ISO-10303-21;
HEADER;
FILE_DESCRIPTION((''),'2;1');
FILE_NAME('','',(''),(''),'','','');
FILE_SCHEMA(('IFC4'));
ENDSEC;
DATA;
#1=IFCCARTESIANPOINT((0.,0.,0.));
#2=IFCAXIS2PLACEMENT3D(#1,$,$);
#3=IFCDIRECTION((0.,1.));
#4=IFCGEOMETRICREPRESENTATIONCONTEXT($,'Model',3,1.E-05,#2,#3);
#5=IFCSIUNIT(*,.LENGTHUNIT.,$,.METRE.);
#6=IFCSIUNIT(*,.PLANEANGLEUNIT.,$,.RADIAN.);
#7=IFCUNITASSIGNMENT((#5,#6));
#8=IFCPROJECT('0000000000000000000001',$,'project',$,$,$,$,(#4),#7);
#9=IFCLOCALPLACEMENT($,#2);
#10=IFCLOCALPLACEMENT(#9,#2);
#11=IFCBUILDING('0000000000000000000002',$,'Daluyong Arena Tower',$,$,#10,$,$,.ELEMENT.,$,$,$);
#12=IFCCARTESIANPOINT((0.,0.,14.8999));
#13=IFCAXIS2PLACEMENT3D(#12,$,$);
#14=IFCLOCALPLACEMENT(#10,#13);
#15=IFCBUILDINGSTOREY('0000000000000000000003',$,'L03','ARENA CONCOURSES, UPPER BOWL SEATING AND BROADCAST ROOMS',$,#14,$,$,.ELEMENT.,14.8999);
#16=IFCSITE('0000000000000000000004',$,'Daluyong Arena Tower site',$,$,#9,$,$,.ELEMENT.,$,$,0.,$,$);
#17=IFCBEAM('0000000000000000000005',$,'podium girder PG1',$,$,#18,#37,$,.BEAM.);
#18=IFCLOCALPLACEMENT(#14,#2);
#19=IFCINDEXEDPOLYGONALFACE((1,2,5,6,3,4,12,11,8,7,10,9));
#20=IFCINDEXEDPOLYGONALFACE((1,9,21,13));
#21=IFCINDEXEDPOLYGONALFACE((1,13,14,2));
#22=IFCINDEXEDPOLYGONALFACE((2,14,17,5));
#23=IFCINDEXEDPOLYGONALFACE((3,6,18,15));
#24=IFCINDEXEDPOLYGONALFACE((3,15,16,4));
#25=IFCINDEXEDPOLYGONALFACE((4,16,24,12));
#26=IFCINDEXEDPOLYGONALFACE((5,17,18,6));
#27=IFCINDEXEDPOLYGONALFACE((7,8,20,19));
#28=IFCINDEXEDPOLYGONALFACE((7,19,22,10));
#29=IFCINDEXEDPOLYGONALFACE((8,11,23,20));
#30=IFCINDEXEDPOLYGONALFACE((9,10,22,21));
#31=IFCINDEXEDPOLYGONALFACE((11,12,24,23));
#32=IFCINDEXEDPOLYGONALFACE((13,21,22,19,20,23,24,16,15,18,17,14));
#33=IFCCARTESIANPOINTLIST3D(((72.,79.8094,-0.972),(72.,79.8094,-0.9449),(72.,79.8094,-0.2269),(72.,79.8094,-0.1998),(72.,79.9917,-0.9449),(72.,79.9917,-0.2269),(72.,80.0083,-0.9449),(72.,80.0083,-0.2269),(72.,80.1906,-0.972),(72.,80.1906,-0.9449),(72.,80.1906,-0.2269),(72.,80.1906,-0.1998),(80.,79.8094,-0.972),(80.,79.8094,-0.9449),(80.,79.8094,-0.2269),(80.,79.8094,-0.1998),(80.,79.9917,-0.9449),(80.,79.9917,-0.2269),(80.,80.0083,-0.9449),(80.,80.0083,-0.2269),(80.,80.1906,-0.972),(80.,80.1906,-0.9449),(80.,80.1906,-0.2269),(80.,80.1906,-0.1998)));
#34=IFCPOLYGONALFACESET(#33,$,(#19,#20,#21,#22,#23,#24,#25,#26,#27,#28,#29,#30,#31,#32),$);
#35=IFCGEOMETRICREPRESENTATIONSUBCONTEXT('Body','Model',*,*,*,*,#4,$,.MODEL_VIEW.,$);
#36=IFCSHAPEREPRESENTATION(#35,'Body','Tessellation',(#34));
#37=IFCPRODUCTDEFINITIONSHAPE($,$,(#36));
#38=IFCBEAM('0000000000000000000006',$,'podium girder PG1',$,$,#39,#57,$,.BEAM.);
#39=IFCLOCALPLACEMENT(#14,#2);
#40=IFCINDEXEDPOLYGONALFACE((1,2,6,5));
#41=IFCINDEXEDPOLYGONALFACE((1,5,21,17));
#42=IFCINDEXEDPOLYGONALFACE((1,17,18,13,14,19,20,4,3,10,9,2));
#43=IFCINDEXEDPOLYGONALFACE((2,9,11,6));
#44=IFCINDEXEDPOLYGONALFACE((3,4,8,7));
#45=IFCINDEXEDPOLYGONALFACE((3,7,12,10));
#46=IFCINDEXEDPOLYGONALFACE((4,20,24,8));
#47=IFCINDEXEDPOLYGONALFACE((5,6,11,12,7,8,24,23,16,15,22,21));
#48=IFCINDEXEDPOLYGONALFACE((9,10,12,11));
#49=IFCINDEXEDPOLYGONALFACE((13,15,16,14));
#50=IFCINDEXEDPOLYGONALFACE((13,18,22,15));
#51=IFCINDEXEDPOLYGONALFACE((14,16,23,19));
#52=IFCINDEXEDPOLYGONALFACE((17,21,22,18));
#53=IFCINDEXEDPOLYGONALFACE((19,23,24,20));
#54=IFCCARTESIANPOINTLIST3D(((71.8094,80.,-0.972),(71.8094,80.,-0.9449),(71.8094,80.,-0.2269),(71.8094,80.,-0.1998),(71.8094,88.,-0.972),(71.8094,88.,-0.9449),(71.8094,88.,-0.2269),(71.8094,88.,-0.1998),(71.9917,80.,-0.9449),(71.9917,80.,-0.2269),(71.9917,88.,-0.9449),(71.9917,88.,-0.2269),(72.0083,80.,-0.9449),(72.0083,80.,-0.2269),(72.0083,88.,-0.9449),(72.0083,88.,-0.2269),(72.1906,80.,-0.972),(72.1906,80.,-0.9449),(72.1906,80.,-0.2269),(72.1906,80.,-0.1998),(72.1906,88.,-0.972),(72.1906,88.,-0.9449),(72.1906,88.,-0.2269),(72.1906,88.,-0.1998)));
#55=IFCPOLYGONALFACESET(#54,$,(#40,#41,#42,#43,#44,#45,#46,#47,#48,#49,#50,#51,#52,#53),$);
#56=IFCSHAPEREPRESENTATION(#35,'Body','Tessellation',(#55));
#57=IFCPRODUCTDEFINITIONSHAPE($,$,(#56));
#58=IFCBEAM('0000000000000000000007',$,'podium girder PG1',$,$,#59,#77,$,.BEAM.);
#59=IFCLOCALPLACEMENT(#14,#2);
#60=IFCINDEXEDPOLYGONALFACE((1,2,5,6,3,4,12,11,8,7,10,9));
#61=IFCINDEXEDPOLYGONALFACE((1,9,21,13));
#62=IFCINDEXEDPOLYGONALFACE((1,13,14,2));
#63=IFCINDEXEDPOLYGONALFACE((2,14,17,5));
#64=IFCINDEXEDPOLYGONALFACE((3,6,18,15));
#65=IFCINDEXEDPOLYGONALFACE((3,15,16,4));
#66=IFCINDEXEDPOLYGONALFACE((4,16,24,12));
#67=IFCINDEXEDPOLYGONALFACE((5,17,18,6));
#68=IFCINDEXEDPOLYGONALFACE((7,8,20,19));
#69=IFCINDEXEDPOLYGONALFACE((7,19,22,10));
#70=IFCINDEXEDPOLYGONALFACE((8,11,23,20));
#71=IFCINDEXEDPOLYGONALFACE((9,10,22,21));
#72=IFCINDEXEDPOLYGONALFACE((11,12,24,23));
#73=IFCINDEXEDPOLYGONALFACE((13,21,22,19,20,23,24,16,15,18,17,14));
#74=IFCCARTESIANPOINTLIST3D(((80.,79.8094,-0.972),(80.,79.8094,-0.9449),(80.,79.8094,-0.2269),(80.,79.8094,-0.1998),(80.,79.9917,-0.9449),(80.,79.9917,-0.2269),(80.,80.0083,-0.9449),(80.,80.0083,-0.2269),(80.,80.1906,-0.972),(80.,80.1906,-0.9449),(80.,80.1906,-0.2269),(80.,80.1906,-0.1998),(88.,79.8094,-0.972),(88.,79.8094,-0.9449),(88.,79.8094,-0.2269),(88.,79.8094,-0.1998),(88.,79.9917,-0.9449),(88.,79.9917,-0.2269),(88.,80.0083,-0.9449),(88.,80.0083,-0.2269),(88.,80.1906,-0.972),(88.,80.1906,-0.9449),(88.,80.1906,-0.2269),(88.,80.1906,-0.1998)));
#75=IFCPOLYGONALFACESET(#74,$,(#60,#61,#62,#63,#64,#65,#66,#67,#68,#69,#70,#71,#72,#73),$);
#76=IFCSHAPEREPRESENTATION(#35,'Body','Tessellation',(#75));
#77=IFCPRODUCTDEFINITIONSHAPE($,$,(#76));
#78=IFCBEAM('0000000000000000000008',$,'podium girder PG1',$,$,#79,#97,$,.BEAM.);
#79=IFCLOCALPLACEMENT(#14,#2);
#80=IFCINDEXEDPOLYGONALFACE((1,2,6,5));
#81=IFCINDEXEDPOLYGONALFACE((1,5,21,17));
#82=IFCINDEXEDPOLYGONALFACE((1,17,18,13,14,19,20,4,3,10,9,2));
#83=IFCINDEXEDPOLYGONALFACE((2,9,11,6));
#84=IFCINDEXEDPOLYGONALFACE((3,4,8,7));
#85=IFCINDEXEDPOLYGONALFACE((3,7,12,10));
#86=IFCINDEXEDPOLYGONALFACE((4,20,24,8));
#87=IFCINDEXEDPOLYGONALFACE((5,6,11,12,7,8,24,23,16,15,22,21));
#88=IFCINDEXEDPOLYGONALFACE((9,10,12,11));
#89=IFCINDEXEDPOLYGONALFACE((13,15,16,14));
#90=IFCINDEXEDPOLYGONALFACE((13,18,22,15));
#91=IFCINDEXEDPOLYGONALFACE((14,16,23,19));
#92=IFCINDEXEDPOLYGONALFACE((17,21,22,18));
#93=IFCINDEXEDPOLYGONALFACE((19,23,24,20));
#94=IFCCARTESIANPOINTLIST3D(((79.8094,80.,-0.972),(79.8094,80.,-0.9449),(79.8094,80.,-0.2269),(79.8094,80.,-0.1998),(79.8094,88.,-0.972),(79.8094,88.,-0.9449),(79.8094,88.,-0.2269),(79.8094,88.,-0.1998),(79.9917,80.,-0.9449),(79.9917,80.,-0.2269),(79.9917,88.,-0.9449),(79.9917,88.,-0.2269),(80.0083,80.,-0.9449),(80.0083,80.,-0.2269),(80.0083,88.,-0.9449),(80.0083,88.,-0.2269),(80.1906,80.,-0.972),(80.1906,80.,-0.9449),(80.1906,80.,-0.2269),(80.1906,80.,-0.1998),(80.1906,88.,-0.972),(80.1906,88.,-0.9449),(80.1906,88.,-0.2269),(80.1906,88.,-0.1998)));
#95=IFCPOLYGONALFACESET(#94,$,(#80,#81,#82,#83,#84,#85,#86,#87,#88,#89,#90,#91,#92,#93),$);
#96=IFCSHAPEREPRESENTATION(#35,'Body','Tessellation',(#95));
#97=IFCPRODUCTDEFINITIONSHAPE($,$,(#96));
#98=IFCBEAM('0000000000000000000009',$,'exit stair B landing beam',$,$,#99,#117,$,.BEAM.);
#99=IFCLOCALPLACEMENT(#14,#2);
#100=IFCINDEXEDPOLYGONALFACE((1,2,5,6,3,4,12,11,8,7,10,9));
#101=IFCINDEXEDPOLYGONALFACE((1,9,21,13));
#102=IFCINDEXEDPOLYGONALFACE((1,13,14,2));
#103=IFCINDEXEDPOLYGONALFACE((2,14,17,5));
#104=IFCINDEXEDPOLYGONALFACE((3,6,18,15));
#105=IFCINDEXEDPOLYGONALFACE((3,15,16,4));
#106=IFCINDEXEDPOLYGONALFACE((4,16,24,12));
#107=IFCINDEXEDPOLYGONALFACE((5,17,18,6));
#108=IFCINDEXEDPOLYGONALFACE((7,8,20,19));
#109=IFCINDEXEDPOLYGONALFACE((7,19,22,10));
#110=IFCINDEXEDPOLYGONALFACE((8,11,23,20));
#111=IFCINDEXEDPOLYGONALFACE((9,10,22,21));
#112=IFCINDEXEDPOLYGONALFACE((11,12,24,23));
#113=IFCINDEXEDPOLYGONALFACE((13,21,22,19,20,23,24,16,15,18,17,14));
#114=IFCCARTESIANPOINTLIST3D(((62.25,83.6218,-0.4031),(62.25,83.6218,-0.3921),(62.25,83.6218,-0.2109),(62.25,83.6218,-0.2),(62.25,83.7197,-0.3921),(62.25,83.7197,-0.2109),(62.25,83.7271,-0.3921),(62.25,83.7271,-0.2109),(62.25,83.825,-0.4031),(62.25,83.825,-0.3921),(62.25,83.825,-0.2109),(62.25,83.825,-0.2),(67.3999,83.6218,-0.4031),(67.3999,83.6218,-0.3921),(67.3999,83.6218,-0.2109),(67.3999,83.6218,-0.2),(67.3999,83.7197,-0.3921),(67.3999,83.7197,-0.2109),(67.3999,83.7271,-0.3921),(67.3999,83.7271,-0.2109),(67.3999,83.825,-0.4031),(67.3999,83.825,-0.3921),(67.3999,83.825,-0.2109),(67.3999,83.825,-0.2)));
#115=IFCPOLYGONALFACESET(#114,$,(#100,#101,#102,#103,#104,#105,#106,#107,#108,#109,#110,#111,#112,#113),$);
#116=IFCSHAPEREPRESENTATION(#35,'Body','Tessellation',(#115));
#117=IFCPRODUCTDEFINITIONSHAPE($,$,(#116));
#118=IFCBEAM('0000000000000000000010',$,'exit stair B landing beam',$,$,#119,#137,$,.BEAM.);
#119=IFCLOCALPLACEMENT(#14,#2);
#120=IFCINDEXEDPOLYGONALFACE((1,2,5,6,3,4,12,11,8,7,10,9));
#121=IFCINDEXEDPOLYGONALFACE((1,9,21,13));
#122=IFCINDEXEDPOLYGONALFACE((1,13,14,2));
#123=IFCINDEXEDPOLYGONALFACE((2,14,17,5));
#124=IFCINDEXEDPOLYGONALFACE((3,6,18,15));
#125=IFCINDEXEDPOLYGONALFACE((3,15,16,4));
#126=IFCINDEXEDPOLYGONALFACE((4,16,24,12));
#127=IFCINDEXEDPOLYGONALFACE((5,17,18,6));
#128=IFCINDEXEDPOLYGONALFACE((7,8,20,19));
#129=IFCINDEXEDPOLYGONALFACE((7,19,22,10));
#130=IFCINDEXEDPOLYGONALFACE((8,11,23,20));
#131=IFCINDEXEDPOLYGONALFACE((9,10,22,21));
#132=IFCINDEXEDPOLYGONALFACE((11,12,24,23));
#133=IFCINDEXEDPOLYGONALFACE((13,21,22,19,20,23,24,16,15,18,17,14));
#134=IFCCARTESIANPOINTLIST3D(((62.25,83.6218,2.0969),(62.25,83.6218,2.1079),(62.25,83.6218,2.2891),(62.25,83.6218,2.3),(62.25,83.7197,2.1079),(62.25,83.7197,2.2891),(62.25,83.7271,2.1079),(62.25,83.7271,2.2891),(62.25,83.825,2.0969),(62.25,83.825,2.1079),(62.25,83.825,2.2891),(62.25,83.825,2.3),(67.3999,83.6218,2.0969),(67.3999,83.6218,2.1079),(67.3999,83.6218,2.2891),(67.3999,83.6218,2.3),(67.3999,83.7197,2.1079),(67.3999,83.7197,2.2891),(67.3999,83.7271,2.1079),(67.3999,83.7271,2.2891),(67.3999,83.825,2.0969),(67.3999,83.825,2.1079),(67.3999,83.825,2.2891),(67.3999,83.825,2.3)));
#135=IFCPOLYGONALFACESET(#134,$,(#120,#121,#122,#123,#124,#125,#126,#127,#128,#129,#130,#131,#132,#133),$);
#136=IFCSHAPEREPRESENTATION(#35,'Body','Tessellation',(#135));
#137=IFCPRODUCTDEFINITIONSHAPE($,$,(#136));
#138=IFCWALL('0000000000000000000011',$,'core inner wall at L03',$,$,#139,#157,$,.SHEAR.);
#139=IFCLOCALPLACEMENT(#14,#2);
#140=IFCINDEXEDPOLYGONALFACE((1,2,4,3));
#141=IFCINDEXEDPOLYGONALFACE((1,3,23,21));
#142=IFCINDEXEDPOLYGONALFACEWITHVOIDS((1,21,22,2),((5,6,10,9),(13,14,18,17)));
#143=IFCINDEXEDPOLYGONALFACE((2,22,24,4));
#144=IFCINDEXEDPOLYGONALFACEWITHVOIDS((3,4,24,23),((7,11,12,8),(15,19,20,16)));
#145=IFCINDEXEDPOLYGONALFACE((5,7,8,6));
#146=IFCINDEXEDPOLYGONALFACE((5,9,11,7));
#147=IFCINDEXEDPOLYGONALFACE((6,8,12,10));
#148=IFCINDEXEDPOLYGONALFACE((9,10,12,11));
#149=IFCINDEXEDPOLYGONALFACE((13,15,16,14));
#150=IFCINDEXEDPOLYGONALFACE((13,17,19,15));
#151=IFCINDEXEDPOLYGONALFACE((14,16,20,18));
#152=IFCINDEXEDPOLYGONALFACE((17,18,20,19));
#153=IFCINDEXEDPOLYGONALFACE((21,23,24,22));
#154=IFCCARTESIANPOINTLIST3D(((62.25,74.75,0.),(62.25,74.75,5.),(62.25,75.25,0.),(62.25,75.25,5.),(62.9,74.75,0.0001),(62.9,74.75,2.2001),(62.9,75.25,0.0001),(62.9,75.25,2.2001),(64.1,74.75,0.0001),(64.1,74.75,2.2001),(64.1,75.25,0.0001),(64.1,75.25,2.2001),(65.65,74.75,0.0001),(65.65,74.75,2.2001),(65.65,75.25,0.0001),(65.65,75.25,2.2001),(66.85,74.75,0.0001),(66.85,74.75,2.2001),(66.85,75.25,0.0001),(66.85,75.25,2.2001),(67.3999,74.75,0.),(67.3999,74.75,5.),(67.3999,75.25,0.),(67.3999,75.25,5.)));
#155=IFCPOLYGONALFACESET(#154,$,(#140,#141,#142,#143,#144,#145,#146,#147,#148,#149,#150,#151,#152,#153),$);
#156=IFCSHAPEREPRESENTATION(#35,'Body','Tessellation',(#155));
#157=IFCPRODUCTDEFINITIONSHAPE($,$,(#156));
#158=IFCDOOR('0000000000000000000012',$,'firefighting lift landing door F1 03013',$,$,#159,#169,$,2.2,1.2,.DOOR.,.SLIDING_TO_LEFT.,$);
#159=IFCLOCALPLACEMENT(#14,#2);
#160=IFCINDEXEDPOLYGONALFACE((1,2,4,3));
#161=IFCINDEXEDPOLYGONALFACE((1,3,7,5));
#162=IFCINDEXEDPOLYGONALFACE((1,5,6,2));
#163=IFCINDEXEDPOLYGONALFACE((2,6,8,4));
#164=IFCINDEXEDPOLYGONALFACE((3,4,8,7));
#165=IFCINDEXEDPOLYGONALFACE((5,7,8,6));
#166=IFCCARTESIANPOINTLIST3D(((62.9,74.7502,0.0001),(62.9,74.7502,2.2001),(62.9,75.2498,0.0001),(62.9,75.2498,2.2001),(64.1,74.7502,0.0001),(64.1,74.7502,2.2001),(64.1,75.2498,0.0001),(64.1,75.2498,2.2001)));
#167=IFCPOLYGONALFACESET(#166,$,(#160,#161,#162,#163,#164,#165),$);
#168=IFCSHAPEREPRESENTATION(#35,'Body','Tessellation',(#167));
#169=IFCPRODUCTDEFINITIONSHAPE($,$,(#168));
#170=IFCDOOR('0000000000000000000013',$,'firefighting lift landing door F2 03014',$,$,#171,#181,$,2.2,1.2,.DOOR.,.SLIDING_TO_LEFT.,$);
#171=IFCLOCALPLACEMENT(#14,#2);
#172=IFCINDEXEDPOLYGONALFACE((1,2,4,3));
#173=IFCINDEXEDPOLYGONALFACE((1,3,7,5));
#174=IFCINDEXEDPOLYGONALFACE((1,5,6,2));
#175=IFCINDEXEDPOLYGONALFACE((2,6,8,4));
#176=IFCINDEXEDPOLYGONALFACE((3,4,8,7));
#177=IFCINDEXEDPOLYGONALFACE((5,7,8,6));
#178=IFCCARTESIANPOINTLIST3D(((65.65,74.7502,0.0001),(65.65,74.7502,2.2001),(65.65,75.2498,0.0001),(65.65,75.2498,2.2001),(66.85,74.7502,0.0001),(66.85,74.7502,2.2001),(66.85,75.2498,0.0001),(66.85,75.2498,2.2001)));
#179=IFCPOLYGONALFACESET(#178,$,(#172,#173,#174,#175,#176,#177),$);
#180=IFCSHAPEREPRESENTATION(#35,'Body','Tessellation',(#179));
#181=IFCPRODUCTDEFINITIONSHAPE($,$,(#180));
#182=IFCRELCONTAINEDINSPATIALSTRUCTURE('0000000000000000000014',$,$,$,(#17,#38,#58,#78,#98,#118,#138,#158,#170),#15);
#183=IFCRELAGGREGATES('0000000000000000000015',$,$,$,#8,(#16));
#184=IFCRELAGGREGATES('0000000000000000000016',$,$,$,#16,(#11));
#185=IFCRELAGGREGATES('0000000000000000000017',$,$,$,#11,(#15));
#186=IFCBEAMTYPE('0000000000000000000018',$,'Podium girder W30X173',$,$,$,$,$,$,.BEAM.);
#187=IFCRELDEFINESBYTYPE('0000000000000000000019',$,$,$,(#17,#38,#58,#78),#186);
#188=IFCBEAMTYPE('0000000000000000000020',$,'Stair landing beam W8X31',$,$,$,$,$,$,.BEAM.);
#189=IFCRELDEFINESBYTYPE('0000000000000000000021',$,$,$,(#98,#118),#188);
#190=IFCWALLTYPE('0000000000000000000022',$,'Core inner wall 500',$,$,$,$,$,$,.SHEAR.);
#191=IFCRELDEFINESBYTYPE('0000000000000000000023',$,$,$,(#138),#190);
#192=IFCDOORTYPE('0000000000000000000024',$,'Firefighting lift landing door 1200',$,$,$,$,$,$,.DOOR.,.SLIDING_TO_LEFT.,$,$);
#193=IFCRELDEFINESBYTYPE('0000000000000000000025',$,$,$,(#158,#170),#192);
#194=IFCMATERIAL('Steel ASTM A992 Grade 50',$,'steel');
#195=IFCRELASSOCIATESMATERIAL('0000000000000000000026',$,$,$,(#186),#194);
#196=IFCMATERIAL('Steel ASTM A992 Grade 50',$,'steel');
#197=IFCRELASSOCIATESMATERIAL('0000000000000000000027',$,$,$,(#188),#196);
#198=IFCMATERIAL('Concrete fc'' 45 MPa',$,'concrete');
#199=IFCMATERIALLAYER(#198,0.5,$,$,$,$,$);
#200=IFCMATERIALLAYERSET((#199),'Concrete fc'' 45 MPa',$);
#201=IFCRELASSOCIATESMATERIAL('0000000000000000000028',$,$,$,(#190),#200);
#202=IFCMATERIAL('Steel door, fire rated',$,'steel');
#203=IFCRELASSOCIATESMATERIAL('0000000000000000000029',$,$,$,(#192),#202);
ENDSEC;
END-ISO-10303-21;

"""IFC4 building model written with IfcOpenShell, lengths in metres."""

from ifc_helpers import new_model, si_unit, direction, frame, frame_2d, origin, origin_2d, place, context, subcontext, project, spatial, rectangle, i_section, extrude, material, layer, layer_set, material_profile, profile_set, type_object, element, fill, save


model = new_model("IFC4")

# Units and contexts
model_context = context("Model", 3, precision=1e-05, world=origin(), true_north=direction((0.0, 1.0)))
body_context = subcontext(model_context, "Body", "Model", "MODEL_VIEW")
ifc_project = project(units=[si_unit("LENGTHUNIT", "METRE"), si_unit("PLANEANGLEUNIT", "RADIAN")], contexts=[model_context])

# Site, building, storey
site_placement = place(None, origin())
site = spatial("IfcSite", under=ifc_project, at=site_placement, Name="Daluyong Arena Tower site", CompositionType="ELEMENT", RefElevation=0.0)
building_placement = place(site_placement, origin())
building = spatial("IfcBuilding", under=site, at=building_placement, Name="Daluyong Arena Tower", CompositionType="ELEMENT")
storey_placement = place(building_placement, frame((0.0, 0.0, 14.8999)))
storey = spatial("IfcBuildingStorey", under=building, at=storey_placement, Name="L03", Description="ARENA CONCOURSES, UPPER BOWL SEATING AND BROADCAST ROOMS", CompositionType="ELEMENT", Elevation=14.8999)

# Beams
ifc_material_1 = material(Name="Steel ASTM A992 Grade 50", Category="steel")
ifc_material_profile_1 = material_profile(ifc_material_1, i_section(OverallWidth=0.3811, OverallDepth=0.7722, WebThickness=0.0166, FlangeThickness=0.0271, at=origin_2d()))
ifc_profile_set_1 = profile_set([ifc_material_profile_1], Name="Steel ASTM A992 Grade 50")
beam_type_1 = type_object("IfcBeamType", Name="Podium girder W30X173", PredefinedType="BEAM", material=ifc_profile_set_1)
for number, where, z_axis, x_axis, name in (
    (1, (72.0, 80.0, -0.5859), (1.0, 0.0, 0.0), (0.0, 1.0, 0.0), "podium girder PG1"),
    (2, (72.0, 80.0, -0.5859), (0.0, 1.0, 0.0), (-1.0, 0.0, 0.0), "podium girder PG1"),
    (3, (80.0, 80.0, -0.5859), (1.0, 0.0, 0.0), (0.0, 1.0, 0.0), "podium girder PG1"),
    (4, (80.0, 80.0, -0.5859), (0.0, 1.0, 0.0), (-1.0, 0.0, 0.0), "podium girder PG1"),
):
    element("IfcBeam", number, at=place(storey_placement, frame(where, z_axis=z_axis, x_axis=x_axis)), inside=storey, type_object=beam_type_1, Name=name, PredefinedType="BEAM", context=body_context, shape_type="SweptSolid", body=[
        extrude(i_section(OverallWidth=0.3811, OverallDepth=0.7722, WebThickness=0.0166, FlangeThickness=0.0271, at=origin_2d()), origin(), (0.0, 0.0, 1.0), 8.0),
    ])
ifc_material_2 = material(Name="Steel ASTM A992 Grade 50", Category="steel")
ifc_material_profile_2 = material_profile(ifc_material_2, i_section(OverallWidth=0.2031, OverallDepth=0.2031, WebThickness=0.0073, FlangeThickness=0.011, at=origin_2d()))
ifc_profile_set_2 = profile_set([ifc_material_profile_2], Name="Steel ASTM A992 Grade 50")
beam_type_2 = type_object("IfcBeamType", Name="Stair landing beam W8X31", PredefinedType="BEAM", material=ifc_profile_set_2)
for number, where, z_axis, x_axis, name in (
    (5, (62.25, 83.7234, -0.3015), (1.0, 0.0, 0.0), (0.0, 1.0, 0.0), "exit stair B landing beam"),
    (6, (62.25, 83.7234, 2.1985), (1.0, 0.0, 0.0), (0.0, 1.0, 0.0), "exit stair B landing beam"),
):
    element("IfcBeam", number, at=place(storey_placement, frame(where, z_axis=z_axis, x_axis=x_axis)), inside=storey, type_object=beam_type_2, Name=name, PredefinedType="BEAM", context=body_context, shape_type="SweptSolid", body=[
        extrude(i_section(OverallWidth=0.2031, OverallDepth=0.2031, WebThickness=0.0073, FlangeThickness=0.011, at=origin_2d()), origin(), (0.0, 0.0, 1.0), 5.1499),
    ])

# Wall, openings, doors
ifc_material_3 = material(Name="Concrete fc' 45 MPa", Category="concrete")
ifc_layer = layer(ifc_material_3, 0.5)
ifc_layer_set = layer_set([ifc_layer], Name="Concrete fc' 45 MPa")
wall_type = type_object("IfcWallType", Name="Core inner wall 500", PredefinedType="SHEAR", material=ifc_layer_set)
wall_1_placement = place(storey_placement, frame((62.25, 75.0, 0.0), z_axis=(0.0, 0.0, 1.0), x_axis=(1.0, 0.0, 0.0)))
wall_1 = element("IfcWall", 7, at=wall_1_placement, inside=storey, type_object=wall_type, Name="core inner wall at L03", PredefinedType="SHEAR", context=body_context, shape_type="SweptSolid", body=[
    extrude(rectangle(XDim=5.1499, YDim=0.5, at=frame_2d((2.575, 0.0))), origin(), (0.0, 0.0, 1.0), 5.0),
])
opening_1_placement = place(wall_1_placement, frame((0.6499, 0.0, 0.0)))
opening_1 = element("IfcOpeningElement", 8, at=opening_1_placement, cuts=wall_1, PredefinedType="OPENING", context=body_context, shape_type="SweptSolid", body=[
    extrude(rectangle(XDim=1.2, YDim=2.2, at=frame_2d((0.6001, 1.1001))), frame((0.0, 0.26, 0.0), z_axis=(0.0, -1.0, 0.0), x_axis=(1.0, 0.0, 0.0)), (0.0, 0.0, 1.0), 0.52),
])
opening_2_placement = place(wall_1_placement, frame((3.3999, 0.0, 0.0)))
opening_2 = element("IfcOpeningElement", 9, at=opening_2_placement, cuts=wall_1, PredefinedType="OPENING", context=body_context, shape_type="SweptSolid", body=[
    extrude(rectangle(XDim=1.2, YDim=2.2, at=frame_2d((0.6001, 1.1001))), frame((0.0, 0.26, 0.0), z_axis=(0.0, -1.0, 0.0), x_axis=(1.0, 0.0, 0.0)), (0.0, 0.0, 1.0), 0.52),
])
ifc_material_4 = material(Name="Steel door, fire rated", Category="steel")
door_type_1 = type_object("IfcDoorType", Name="Firefighting lift landing door 1200", OperationType="SLIDING_TO_LEFT", PredefinedType="DOOR", material=ifc_material_4)
door_1_placement = place(opening_1_placement, origin())
door_1 = element("IfcDoor", 10, at=door_1_placement, inside=storey, type_object=door_type_1, Name="firefighting lift landing door F1 03013", OperationType="SLIDING_TO_LEFT", OverallHeight=2.2, OverallWidth=1.2, PredefinedType="DOOR", context=body_context, shape_type="SweptSolid", body=[
    extrude(rectangle(XDim=1.2, YDim=2.2, at=frame_2d((0.6001, 1.1001))), frame((0.0, 0.2498, 0.0), z_axis=(0.0, -1.0, 0.0), x_axis=(1.0, 0.0, 0.0)), (0.0, 0.0, 1.0), 0.4995),
])
fill(opening_1, door_1)
door_2_placement = place(opening_2_placement, origin())
door_2 = element("IfcDoor", 11, at=door_2_placement, inside=storey, type_object=door_type_1, Name="firefighting lift landing door F2 03014", OperationType="SLIDING_TO_LEFT", OverallHeight=2.2, OverallWidth=1.2, PredefinedType="DOOR", context=body_context, shape_type="SweptSolid", body=[
    extrude(rectangle(XDim=1.2, YDim=2.2, at=frame_2d((0.6001, 1.1001))), frame((0.0, 0.2498, 0.0), z_axis=(0.0, -1.0, 0.0), x_axis=(1.0, 0.0, 0.0)), (0.0, 0.0, 1.0), 0.4995),
])
fill(opening_2, door_2)

save(model, "model.ifc")
